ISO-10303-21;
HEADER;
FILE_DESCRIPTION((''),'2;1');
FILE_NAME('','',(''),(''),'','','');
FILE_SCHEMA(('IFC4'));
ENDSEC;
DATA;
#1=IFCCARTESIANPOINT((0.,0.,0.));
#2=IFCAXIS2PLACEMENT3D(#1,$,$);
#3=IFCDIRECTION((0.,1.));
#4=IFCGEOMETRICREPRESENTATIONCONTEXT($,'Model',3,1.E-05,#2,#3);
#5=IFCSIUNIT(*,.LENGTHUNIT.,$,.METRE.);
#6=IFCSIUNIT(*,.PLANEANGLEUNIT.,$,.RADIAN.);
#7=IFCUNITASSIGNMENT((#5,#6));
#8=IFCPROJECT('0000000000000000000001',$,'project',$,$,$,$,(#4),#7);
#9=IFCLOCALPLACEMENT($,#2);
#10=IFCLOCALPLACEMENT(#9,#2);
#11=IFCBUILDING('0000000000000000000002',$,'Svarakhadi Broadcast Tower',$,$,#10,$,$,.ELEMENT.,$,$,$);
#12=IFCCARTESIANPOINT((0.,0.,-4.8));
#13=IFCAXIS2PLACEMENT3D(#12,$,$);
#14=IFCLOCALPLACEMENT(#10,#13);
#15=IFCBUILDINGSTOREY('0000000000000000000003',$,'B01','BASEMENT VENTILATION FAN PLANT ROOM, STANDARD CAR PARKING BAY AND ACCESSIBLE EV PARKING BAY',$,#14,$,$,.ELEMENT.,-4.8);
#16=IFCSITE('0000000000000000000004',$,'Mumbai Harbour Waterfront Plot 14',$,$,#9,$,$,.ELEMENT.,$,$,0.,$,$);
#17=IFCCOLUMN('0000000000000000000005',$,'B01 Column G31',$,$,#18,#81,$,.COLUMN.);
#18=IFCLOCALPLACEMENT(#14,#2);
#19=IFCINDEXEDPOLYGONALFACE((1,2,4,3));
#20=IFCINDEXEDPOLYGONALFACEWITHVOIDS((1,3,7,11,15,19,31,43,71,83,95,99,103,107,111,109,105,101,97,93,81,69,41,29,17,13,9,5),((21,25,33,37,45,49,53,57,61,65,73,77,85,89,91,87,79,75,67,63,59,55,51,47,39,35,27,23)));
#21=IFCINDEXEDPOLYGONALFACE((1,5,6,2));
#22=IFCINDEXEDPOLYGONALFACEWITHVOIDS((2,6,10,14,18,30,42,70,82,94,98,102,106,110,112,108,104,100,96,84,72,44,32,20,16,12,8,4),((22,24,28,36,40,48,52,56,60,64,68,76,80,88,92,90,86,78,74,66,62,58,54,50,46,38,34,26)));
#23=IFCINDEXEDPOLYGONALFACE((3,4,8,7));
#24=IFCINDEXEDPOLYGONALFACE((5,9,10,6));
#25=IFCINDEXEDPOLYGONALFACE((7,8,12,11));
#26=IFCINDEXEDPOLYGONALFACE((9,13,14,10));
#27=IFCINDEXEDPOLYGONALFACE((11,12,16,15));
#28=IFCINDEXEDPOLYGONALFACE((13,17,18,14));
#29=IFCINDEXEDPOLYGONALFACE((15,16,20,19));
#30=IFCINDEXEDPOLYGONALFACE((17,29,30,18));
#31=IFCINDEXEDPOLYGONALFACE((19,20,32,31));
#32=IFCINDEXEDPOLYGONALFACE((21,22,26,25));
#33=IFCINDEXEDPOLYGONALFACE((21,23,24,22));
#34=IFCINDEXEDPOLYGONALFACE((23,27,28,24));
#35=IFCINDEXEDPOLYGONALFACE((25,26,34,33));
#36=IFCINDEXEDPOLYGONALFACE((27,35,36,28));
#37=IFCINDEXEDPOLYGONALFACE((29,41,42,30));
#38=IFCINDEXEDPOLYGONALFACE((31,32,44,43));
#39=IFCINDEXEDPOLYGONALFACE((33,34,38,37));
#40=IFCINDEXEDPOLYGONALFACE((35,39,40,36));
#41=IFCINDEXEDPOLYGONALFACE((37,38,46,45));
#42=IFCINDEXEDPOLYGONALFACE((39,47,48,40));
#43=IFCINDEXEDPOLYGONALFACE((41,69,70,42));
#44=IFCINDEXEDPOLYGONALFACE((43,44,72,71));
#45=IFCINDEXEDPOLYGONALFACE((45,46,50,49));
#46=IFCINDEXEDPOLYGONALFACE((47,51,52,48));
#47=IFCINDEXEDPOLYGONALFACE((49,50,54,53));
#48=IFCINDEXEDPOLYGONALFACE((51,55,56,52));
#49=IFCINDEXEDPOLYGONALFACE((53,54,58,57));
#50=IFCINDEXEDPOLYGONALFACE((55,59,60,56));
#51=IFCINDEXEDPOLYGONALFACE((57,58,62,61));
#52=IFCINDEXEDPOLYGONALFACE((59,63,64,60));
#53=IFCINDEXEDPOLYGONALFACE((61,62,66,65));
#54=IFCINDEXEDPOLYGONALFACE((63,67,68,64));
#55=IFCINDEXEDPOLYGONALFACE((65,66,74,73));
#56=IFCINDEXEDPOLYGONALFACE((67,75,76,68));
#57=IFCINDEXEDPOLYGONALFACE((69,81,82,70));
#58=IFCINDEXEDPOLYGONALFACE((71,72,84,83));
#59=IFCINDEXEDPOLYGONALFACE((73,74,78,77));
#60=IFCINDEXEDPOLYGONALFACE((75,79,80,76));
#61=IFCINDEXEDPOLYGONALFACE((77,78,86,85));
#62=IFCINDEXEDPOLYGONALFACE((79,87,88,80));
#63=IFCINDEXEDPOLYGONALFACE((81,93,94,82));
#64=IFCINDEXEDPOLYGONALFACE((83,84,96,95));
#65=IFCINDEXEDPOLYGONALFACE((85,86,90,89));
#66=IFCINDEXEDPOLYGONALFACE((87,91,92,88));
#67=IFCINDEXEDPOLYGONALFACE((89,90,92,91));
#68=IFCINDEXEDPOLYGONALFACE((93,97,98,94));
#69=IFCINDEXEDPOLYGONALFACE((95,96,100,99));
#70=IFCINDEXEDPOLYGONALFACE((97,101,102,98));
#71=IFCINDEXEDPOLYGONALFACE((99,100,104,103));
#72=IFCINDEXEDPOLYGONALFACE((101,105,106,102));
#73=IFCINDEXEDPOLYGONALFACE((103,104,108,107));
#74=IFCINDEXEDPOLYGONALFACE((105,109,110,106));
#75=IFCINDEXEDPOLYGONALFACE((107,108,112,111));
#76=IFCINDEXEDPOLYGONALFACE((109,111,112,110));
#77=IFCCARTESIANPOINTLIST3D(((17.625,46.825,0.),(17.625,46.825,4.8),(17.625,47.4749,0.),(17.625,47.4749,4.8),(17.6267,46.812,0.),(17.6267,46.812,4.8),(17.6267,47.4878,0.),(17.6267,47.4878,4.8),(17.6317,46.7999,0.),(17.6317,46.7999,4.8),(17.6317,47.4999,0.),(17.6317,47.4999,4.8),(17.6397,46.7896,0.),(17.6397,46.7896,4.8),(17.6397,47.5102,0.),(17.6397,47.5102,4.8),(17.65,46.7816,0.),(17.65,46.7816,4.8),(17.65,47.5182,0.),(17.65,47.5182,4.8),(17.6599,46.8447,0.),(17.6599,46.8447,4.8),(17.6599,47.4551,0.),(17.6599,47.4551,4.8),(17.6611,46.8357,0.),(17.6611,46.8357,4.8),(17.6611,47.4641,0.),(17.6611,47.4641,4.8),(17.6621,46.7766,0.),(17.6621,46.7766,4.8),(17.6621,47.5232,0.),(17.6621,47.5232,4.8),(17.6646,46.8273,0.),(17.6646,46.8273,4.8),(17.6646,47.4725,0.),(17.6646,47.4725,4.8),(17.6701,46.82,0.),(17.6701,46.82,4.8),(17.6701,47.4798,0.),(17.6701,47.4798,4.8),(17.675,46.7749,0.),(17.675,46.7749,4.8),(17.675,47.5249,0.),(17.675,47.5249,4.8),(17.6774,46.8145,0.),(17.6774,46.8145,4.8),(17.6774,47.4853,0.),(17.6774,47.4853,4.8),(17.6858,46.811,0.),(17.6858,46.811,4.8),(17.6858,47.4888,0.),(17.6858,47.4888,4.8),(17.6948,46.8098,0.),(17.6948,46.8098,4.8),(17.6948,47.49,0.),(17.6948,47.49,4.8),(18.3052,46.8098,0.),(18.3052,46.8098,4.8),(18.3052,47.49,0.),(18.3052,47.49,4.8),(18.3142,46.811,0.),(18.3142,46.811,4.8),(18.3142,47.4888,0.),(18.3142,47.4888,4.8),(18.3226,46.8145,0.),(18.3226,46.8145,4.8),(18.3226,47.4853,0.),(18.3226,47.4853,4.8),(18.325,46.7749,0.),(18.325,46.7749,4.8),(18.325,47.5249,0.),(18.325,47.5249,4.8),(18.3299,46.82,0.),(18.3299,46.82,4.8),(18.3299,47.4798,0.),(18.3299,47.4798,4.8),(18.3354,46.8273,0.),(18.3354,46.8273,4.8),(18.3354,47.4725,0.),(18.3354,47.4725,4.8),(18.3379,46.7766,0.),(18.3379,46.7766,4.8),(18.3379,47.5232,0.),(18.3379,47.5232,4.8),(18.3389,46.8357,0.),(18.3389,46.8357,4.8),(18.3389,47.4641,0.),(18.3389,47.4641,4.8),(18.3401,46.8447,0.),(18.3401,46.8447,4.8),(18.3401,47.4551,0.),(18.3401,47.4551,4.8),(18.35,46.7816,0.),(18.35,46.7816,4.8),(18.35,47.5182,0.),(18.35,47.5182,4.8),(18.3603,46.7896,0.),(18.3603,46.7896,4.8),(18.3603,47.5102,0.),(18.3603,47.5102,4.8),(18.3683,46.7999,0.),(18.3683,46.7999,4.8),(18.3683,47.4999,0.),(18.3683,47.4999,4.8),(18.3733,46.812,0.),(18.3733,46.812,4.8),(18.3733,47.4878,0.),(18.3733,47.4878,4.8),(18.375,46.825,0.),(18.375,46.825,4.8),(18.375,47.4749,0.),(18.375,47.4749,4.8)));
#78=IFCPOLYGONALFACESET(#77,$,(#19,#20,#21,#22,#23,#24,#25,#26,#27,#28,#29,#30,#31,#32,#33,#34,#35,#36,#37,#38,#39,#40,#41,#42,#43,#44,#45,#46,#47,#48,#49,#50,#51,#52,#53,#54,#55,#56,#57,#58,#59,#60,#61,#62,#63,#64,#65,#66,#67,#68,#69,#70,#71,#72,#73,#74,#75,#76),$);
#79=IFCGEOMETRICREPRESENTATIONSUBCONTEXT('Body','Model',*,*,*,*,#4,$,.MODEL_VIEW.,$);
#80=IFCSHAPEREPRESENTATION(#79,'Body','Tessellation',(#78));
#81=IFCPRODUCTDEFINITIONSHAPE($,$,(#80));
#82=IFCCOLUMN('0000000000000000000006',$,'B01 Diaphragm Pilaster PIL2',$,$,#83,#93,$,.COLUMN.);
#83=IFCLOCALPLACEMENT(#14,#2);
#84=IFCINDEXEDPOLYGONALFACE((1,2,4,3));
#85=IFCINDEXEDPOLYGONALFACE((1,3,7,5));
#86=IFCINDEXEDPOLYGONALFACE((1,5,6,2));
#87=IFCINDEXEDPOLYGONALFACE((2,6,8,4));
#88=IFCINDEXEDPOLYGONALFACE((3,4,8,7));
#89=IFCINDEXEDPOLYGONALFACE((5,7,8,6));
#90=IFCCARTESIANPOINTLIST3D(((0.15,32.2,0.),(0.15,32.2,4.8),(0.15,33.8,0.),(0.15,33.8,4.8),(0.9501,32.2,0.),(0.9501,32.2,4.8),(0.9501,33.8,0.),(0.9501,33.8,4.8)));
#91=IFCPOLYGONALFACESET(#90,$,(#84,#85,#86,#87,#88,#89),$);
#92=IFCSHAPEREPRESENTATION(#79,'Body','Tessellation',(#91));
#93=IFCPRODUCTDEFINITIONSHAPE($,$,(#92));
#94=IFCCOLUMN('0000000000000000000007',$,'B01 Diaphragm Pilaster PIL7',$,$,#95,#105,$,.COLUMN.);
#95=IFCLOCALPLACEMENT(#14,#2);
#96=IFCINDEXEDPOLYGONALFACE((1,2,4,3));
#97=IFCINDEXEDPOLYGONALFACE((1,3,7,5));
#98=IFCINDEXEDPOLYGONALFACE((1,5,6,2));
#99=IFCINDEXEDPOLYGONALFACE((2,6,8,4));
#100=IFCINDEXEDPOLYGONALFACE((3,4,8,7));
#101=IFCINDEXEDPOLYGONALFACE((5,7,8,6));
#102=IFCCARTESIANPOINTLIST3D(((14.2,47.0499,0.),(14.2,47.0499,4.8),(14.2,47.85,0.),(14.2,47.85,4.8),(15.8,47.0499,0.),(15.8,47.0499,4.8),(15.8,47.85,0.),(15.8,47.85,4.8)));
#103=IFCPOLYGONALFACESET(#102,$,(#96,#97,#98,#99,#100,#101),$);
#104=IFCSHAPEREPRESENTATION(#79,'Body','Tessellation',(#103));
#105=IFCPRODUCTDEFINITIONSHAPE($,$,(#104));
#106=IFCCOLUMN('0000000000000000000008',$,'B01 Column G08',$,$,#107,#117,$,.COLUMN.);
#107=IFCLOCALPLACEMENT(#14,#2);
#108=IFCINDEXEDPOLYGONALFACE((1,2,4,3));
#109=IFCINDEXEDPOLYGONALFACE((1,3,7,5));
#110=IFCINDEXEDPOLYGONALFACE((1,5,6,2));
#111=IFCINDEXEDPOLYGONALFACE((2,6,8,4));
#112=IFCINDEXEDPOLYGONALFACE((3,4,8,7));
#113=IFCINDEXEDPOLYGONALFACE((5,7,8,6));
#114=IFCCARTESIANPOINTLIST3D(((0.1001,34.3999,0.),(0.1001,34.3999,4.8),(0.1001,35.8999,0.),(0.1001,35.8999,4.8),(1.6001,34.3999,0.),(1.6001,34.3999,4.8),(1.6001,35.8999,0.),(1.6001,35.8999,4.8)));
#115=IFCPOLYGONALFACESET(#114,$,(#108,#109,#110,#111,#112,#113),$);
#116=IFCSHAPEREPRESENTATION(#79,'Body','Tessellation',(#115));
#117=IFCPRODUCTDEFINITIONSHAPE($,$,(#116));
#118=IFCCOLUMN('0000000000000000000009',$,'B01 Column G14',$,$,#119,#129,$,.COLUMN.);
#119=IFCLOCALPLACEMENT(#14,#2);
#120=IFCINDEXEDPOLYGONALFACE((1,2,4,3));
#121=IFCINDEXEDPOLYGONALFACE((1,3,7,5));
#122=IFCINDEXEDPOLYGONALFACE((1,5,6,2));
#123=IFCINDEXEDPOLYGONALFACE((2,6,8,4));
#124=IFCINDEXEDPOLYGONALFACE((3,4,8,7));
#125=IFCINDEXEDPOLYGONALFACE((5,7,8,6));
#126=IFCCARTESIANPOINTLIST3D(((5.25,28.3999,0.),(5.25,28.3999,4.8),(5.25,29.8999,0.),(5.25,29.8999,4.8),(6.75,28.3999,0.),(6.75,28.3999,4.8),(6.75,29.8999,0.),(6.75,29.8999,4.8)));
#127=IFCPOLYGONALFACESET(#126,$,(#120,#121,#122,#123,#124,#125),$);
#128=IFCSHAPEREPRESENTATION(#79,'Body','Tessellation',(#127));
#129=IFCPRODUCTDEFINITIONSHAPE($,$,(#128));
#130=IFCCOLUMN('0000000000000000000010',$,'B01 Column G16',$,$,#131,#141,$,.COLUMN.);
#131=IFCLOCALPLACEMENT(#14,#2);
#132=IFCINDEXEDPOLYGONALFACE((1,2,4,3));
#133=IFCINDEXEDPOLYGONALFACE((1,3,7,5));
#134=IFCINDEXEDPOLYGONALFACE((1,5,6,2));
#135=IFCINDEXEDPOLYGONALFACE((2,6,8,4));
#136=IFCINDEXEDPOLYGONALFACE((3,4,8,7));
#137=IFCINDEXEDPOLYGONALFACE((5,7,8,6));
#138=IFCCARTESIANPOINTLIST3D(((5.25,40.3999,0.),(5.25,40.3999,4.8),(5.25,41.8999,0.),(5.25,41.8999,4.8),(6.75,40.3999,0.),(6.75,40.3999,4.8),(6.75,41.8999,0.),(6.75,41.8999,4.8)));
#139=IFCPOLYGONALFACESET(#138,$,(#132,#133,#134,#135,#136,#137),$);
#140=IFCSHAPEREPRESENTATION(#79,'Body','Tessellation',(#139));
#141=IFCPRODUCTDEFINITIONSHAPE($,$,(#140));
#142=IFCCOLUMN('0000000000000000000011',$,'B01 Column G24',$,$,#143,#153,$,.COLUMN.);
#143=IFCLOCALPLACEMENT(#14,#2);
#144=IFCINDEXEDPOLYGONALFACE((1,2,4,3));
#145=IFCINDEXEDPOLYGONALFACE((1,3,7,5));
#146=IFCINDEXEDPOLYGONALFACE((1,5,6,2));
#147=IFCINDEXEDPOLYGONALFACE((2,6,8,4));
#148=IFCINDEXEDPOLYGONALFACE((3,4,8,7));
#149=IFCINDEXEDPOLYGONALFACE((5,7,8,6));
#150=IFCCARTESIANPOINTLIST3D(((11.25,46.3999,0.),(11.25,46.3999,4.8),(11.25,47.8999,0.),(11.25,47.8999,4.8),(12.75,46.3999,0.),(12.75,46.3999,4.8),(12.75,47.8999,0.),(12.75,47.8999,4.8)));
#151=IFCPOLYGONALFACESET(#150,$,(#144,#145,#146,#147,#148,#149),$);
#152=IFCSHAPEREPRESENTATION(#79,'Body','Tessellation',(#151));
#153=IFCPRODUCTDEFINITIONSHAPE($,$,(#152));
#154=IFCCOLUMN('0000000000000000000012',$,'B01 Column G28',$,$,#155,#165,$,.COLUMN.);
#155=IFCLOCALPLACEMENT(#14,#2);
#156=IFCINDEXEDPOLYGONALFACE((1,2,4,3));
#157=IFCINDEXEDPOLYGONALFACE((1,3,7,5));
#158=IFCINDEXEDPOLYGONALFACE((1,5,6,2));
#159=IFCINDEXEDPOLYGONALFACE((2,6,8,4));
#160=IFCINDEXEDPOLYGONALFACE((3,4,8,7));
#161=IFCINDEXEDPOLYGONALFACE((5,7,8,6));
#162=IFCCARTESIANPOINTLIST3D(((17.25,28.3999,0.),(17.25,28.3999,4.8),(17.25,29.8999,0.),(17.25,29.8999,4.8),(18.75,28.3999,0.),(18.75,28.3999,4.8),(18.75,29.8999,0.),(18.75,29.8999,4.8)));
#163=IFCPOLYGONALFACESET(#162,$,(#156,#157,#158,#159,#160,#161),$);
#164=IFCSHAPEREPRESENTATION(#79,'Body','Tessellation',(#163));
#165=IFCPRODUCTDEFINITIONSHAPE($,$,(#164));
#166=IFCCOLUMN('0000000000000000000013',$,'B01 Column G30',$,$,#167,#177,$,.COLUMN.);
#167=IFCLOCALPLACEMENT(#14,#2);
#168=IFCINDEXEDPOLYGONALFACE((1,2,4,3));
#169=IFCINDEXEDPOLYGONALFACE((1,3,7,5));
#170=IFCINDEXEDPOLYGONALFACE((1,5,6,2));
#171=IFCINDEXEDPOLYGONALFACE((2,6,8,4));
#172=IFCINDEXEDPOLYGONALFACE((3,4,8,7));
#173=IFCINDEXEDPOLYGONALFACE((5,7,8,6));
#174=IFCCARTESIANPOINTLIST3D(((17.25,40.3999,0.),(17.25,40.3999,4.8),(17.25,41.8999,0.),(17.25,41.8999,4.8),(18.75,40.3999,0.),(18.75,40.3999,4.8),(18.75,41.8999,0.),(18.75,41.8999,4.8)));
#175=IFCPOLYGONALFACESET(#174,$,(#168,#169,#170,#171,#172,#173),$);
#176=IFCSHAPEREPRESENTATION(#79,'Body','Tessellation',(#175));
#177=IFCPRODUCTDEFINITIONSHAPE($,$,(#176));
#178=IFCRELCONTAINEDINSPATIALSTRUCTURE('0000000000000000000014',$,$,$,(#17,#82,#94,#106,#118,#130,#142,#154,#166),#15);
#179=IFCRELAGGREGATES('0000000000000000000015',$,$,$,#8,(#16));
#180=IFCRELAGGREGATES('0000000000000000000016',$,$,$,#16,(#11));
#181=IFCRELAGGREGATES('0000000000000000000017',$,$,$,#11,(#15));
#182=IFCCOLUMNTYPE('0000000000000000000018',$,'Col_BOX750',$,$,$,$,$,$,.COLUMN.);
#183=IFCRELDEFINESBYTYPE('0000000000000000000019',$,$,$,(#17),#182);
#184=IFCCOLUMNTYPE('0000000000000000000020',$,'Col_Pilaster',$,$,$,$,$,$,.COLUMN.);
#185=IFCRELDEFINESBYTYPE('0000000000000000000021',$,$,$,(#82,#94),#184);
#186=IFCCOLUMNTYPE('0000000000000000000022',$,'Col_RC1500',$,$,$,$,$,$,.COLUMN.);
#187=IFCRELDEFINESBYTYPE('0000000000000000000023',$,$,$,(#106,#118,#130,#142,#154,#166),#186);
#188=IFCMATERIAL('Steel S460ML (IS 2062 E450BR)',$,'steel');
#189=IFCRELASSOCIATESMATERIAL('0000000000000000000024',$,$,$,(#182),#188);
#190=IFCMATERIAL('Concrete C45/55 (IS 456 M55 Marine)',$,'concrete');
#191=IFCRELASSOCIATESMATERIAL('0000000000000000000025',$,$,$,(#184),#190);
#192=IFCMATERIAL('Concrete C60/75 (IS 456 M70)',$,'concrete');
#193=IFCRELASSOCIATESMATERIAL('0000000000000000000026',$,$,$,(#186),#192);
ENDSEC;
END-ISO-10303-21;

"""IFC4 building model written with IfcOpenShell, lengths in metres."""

from ifc_helpers import new_model, si_unit, direction, frame, origin, origin_2d, place, context, subcontext, project, spatial, rectangle, hollow_rectangle, extrude, material, material_profile, profile_set, type_object, element, save


model = new_model("IFC4")

# Units and contexts
model_context = context("Model", 3, precision=1e-05, world=origin(), true_north=direction((0.0, 1.0)))
body_context = subcontext(model_context, "Body", "Model", "MODEL_VIEW")
ifc_project = project(units=[si_unit("LENGTHUNIT", "METRE"), si_unit("PLANEANGLEUNIT", "RADIAN")], contexts=[model_context])

# Site, building, storey
site_placement = place(None, origin())
site = spatial("IfcSite", under=ifc_project, at=site_placement, Name="Mumbai Harbour Waterfront Plot 14", CompositionType="ELEMENT", RefElevation=0.0)
building_placement = place(site_placement, origin())
building = spatial("IfcBuilding", under=site, at=building_placement, Name="Svarakhadi Broadcast Tower", CompositionType="ELEMENT")
storey_placement = place(building_placement, frame((0.0, 0.0, -4.8)))
storey = spatial("IfcBuildingStorey", under=building, at=storey_placement, Name="B01", Description="BASEMENT VENTILATION FAN PLANT ROOM, STANDARD CAR PARKING BAY AND ACCESSIBLE EV PARKING BAY", CompositionType="ELEMENT", Elevation=-4.8)

# Columns
ifc_material_1 = material(Name="Steel S460ML (IS 2062 E450BR)", Category="steel")
ifc_material_profile_1 = material_profile(ifc_material_1, hollow_rectangle(XDim=0.75, YDim=0.75, WallThickness=0.0349, InnerFilletRadius=0.0349, OuterFilletRadius=0.05, at=origin_2d()), Name="BOX 750x750x35")
ifc_profile_set_1 = profile_set([ifc_material_profile_1], Name="Steel S460ML (IS 2062 E450BR)")
column_type_1 = type_object("IfcColumnType", Name="Col_BOX750", PredefinedType="COLUMN", material=ifc_profile_set_1)
for number, where, z_axis, x_axis, name in (
    (1, (18.0, 47.1499, 0.0), (0.0, 0.0, 1.0), (1.0, 0.0, 0.0), "B01 Column G31"),
):
    element("IfcColumn", number, at=place(storey_placement, frame(where, z_axis=z_axis, x_axis=x_axis)), inside=storey, type_object=column_type_1, Name=name, PredefinedType="COLUMN", context=body_context, shape_type="SweptSolid", body=[
        extrude(hollow_rectangle(XDim=0.75, YDim=0.75, WallThickness=0.0349, InnerFilletRadius=0.0349, OuterFilletRadius=0.05, at=origin_2d()), origin(), (0.0, 0.0, 1.0), 4.8),
    ])
ifc_material_2 = material(Name="Concrete C45/55 (IS 456 M55 Marine)", Category="concrete")
ifc_material_profile_2 = material_profile(ifc_material_2, rectangle(XDim=0.8, YDim=1.6001, at=origin_2d()), Name="RC 800x1600")
ifc_profile_set_2 = profile_set([ifc_material_profile_2], Name="Concrete C45/55 (IS 456 M55 Marine)")
column_type_2 = type_object("IfcColumnType", Name="Col_Pilaster", PredefinedType="COLUMN", material=ifc_profile_set_2)
for number, where, z_axis, x_axis, name in (
    (2, (0.55, 33.0, 0.0), (0.0, 0.0, 1.0), (1.0, 0.0, 0.0), "B01 Diaphragm Pilaster PIL2"),
    (3, (15.0, 47.45, 0.0), (0.0, 0.0, 1.0), (0.0, 1.0, 0.0), "B01 Diaphragm Pilaster PIL7"),
):
    element("IfcColumn", number, at=place(storey_placement, frame(where, z_axis=z_axis, x_axis=x_axis)), inside=storey, type_object=column_type_2, Name=name, PredefinedType="COLUMN", context=body_context, shape_type="SweptSolid", body=[
        extrude(rectangle(XDim=0.8, YDim=1.6001, at=origin_2d()), origin(), (0.0, 0.0, 1.0), 4.8),
    ])
ifc_material_3 = material(Name="Concrete C60/75 (IS 456 M70)", Category="concrete")
ifc_material_profile_3 = material_profile(ifc_material_3, rectangle(XDim=1.5, YDim=1.5, at=origin_2d()), Name="RC 1500x1500")
ifc_profile_set_3 = profile_set([ifc_material_profile_3], Name="Concrete C60/75 (IS 456 M70)")
column_type_3 = type_object("IfcColumnType", Name="Col_RC1500", PredefinedType="COLUMN", material=ifc_profile_set_3)
for number, where, z_axis, x_axis, name in (
    (4, (0.8501, 35.1499, 0.0), (0.0, 0.0, 1.0), (1.0, 0.0, 0.0), "B01 Column G08"),
    (5, (6.0, 29.1499, 0.0), (0.0, 0.0, 1.0), (1.0, 0.0, 0.0), "B01 Column G14"),
    (6, (6.0, 41.1499, 0.0), (0.0, 0.0, 1.0), (1.0, 0.0, 0.0), "B01 Column G16"),
    (7, (12.0, 47.1499, 0.0), (0.0, 0.0, 1.0), (1.0, 0.0, 0.0), "B01 Column G24"),
    (8, (18.0, 29.1499, 0.0), (0.0, 0.0, 1.0), (1.0, 0.0, 0.0), "B01 Column G28"),
    (9, (18.0, 41.1499, 0.0), (0.0, 0.0, 1.0), (1.0, 0.0, 0.0), "B01 Column G30"),
):
    element("IfcColumn", number, at=place(storey_placement, frame(where, z_axis=z_axis, x_axis=x_axis)), inside=storey, type_object=column_type_3, Name=name, PredefinedType="COLUMN", context=body_context, shape_type="SweptSolid", body=[
        extrude(rectangle(XDim=1.5, YDim=1.5, at=origin_2d()), origin(), (0.0, 0.0, 1.0), 4.8),
    ])

save(model, "model.ifc")
